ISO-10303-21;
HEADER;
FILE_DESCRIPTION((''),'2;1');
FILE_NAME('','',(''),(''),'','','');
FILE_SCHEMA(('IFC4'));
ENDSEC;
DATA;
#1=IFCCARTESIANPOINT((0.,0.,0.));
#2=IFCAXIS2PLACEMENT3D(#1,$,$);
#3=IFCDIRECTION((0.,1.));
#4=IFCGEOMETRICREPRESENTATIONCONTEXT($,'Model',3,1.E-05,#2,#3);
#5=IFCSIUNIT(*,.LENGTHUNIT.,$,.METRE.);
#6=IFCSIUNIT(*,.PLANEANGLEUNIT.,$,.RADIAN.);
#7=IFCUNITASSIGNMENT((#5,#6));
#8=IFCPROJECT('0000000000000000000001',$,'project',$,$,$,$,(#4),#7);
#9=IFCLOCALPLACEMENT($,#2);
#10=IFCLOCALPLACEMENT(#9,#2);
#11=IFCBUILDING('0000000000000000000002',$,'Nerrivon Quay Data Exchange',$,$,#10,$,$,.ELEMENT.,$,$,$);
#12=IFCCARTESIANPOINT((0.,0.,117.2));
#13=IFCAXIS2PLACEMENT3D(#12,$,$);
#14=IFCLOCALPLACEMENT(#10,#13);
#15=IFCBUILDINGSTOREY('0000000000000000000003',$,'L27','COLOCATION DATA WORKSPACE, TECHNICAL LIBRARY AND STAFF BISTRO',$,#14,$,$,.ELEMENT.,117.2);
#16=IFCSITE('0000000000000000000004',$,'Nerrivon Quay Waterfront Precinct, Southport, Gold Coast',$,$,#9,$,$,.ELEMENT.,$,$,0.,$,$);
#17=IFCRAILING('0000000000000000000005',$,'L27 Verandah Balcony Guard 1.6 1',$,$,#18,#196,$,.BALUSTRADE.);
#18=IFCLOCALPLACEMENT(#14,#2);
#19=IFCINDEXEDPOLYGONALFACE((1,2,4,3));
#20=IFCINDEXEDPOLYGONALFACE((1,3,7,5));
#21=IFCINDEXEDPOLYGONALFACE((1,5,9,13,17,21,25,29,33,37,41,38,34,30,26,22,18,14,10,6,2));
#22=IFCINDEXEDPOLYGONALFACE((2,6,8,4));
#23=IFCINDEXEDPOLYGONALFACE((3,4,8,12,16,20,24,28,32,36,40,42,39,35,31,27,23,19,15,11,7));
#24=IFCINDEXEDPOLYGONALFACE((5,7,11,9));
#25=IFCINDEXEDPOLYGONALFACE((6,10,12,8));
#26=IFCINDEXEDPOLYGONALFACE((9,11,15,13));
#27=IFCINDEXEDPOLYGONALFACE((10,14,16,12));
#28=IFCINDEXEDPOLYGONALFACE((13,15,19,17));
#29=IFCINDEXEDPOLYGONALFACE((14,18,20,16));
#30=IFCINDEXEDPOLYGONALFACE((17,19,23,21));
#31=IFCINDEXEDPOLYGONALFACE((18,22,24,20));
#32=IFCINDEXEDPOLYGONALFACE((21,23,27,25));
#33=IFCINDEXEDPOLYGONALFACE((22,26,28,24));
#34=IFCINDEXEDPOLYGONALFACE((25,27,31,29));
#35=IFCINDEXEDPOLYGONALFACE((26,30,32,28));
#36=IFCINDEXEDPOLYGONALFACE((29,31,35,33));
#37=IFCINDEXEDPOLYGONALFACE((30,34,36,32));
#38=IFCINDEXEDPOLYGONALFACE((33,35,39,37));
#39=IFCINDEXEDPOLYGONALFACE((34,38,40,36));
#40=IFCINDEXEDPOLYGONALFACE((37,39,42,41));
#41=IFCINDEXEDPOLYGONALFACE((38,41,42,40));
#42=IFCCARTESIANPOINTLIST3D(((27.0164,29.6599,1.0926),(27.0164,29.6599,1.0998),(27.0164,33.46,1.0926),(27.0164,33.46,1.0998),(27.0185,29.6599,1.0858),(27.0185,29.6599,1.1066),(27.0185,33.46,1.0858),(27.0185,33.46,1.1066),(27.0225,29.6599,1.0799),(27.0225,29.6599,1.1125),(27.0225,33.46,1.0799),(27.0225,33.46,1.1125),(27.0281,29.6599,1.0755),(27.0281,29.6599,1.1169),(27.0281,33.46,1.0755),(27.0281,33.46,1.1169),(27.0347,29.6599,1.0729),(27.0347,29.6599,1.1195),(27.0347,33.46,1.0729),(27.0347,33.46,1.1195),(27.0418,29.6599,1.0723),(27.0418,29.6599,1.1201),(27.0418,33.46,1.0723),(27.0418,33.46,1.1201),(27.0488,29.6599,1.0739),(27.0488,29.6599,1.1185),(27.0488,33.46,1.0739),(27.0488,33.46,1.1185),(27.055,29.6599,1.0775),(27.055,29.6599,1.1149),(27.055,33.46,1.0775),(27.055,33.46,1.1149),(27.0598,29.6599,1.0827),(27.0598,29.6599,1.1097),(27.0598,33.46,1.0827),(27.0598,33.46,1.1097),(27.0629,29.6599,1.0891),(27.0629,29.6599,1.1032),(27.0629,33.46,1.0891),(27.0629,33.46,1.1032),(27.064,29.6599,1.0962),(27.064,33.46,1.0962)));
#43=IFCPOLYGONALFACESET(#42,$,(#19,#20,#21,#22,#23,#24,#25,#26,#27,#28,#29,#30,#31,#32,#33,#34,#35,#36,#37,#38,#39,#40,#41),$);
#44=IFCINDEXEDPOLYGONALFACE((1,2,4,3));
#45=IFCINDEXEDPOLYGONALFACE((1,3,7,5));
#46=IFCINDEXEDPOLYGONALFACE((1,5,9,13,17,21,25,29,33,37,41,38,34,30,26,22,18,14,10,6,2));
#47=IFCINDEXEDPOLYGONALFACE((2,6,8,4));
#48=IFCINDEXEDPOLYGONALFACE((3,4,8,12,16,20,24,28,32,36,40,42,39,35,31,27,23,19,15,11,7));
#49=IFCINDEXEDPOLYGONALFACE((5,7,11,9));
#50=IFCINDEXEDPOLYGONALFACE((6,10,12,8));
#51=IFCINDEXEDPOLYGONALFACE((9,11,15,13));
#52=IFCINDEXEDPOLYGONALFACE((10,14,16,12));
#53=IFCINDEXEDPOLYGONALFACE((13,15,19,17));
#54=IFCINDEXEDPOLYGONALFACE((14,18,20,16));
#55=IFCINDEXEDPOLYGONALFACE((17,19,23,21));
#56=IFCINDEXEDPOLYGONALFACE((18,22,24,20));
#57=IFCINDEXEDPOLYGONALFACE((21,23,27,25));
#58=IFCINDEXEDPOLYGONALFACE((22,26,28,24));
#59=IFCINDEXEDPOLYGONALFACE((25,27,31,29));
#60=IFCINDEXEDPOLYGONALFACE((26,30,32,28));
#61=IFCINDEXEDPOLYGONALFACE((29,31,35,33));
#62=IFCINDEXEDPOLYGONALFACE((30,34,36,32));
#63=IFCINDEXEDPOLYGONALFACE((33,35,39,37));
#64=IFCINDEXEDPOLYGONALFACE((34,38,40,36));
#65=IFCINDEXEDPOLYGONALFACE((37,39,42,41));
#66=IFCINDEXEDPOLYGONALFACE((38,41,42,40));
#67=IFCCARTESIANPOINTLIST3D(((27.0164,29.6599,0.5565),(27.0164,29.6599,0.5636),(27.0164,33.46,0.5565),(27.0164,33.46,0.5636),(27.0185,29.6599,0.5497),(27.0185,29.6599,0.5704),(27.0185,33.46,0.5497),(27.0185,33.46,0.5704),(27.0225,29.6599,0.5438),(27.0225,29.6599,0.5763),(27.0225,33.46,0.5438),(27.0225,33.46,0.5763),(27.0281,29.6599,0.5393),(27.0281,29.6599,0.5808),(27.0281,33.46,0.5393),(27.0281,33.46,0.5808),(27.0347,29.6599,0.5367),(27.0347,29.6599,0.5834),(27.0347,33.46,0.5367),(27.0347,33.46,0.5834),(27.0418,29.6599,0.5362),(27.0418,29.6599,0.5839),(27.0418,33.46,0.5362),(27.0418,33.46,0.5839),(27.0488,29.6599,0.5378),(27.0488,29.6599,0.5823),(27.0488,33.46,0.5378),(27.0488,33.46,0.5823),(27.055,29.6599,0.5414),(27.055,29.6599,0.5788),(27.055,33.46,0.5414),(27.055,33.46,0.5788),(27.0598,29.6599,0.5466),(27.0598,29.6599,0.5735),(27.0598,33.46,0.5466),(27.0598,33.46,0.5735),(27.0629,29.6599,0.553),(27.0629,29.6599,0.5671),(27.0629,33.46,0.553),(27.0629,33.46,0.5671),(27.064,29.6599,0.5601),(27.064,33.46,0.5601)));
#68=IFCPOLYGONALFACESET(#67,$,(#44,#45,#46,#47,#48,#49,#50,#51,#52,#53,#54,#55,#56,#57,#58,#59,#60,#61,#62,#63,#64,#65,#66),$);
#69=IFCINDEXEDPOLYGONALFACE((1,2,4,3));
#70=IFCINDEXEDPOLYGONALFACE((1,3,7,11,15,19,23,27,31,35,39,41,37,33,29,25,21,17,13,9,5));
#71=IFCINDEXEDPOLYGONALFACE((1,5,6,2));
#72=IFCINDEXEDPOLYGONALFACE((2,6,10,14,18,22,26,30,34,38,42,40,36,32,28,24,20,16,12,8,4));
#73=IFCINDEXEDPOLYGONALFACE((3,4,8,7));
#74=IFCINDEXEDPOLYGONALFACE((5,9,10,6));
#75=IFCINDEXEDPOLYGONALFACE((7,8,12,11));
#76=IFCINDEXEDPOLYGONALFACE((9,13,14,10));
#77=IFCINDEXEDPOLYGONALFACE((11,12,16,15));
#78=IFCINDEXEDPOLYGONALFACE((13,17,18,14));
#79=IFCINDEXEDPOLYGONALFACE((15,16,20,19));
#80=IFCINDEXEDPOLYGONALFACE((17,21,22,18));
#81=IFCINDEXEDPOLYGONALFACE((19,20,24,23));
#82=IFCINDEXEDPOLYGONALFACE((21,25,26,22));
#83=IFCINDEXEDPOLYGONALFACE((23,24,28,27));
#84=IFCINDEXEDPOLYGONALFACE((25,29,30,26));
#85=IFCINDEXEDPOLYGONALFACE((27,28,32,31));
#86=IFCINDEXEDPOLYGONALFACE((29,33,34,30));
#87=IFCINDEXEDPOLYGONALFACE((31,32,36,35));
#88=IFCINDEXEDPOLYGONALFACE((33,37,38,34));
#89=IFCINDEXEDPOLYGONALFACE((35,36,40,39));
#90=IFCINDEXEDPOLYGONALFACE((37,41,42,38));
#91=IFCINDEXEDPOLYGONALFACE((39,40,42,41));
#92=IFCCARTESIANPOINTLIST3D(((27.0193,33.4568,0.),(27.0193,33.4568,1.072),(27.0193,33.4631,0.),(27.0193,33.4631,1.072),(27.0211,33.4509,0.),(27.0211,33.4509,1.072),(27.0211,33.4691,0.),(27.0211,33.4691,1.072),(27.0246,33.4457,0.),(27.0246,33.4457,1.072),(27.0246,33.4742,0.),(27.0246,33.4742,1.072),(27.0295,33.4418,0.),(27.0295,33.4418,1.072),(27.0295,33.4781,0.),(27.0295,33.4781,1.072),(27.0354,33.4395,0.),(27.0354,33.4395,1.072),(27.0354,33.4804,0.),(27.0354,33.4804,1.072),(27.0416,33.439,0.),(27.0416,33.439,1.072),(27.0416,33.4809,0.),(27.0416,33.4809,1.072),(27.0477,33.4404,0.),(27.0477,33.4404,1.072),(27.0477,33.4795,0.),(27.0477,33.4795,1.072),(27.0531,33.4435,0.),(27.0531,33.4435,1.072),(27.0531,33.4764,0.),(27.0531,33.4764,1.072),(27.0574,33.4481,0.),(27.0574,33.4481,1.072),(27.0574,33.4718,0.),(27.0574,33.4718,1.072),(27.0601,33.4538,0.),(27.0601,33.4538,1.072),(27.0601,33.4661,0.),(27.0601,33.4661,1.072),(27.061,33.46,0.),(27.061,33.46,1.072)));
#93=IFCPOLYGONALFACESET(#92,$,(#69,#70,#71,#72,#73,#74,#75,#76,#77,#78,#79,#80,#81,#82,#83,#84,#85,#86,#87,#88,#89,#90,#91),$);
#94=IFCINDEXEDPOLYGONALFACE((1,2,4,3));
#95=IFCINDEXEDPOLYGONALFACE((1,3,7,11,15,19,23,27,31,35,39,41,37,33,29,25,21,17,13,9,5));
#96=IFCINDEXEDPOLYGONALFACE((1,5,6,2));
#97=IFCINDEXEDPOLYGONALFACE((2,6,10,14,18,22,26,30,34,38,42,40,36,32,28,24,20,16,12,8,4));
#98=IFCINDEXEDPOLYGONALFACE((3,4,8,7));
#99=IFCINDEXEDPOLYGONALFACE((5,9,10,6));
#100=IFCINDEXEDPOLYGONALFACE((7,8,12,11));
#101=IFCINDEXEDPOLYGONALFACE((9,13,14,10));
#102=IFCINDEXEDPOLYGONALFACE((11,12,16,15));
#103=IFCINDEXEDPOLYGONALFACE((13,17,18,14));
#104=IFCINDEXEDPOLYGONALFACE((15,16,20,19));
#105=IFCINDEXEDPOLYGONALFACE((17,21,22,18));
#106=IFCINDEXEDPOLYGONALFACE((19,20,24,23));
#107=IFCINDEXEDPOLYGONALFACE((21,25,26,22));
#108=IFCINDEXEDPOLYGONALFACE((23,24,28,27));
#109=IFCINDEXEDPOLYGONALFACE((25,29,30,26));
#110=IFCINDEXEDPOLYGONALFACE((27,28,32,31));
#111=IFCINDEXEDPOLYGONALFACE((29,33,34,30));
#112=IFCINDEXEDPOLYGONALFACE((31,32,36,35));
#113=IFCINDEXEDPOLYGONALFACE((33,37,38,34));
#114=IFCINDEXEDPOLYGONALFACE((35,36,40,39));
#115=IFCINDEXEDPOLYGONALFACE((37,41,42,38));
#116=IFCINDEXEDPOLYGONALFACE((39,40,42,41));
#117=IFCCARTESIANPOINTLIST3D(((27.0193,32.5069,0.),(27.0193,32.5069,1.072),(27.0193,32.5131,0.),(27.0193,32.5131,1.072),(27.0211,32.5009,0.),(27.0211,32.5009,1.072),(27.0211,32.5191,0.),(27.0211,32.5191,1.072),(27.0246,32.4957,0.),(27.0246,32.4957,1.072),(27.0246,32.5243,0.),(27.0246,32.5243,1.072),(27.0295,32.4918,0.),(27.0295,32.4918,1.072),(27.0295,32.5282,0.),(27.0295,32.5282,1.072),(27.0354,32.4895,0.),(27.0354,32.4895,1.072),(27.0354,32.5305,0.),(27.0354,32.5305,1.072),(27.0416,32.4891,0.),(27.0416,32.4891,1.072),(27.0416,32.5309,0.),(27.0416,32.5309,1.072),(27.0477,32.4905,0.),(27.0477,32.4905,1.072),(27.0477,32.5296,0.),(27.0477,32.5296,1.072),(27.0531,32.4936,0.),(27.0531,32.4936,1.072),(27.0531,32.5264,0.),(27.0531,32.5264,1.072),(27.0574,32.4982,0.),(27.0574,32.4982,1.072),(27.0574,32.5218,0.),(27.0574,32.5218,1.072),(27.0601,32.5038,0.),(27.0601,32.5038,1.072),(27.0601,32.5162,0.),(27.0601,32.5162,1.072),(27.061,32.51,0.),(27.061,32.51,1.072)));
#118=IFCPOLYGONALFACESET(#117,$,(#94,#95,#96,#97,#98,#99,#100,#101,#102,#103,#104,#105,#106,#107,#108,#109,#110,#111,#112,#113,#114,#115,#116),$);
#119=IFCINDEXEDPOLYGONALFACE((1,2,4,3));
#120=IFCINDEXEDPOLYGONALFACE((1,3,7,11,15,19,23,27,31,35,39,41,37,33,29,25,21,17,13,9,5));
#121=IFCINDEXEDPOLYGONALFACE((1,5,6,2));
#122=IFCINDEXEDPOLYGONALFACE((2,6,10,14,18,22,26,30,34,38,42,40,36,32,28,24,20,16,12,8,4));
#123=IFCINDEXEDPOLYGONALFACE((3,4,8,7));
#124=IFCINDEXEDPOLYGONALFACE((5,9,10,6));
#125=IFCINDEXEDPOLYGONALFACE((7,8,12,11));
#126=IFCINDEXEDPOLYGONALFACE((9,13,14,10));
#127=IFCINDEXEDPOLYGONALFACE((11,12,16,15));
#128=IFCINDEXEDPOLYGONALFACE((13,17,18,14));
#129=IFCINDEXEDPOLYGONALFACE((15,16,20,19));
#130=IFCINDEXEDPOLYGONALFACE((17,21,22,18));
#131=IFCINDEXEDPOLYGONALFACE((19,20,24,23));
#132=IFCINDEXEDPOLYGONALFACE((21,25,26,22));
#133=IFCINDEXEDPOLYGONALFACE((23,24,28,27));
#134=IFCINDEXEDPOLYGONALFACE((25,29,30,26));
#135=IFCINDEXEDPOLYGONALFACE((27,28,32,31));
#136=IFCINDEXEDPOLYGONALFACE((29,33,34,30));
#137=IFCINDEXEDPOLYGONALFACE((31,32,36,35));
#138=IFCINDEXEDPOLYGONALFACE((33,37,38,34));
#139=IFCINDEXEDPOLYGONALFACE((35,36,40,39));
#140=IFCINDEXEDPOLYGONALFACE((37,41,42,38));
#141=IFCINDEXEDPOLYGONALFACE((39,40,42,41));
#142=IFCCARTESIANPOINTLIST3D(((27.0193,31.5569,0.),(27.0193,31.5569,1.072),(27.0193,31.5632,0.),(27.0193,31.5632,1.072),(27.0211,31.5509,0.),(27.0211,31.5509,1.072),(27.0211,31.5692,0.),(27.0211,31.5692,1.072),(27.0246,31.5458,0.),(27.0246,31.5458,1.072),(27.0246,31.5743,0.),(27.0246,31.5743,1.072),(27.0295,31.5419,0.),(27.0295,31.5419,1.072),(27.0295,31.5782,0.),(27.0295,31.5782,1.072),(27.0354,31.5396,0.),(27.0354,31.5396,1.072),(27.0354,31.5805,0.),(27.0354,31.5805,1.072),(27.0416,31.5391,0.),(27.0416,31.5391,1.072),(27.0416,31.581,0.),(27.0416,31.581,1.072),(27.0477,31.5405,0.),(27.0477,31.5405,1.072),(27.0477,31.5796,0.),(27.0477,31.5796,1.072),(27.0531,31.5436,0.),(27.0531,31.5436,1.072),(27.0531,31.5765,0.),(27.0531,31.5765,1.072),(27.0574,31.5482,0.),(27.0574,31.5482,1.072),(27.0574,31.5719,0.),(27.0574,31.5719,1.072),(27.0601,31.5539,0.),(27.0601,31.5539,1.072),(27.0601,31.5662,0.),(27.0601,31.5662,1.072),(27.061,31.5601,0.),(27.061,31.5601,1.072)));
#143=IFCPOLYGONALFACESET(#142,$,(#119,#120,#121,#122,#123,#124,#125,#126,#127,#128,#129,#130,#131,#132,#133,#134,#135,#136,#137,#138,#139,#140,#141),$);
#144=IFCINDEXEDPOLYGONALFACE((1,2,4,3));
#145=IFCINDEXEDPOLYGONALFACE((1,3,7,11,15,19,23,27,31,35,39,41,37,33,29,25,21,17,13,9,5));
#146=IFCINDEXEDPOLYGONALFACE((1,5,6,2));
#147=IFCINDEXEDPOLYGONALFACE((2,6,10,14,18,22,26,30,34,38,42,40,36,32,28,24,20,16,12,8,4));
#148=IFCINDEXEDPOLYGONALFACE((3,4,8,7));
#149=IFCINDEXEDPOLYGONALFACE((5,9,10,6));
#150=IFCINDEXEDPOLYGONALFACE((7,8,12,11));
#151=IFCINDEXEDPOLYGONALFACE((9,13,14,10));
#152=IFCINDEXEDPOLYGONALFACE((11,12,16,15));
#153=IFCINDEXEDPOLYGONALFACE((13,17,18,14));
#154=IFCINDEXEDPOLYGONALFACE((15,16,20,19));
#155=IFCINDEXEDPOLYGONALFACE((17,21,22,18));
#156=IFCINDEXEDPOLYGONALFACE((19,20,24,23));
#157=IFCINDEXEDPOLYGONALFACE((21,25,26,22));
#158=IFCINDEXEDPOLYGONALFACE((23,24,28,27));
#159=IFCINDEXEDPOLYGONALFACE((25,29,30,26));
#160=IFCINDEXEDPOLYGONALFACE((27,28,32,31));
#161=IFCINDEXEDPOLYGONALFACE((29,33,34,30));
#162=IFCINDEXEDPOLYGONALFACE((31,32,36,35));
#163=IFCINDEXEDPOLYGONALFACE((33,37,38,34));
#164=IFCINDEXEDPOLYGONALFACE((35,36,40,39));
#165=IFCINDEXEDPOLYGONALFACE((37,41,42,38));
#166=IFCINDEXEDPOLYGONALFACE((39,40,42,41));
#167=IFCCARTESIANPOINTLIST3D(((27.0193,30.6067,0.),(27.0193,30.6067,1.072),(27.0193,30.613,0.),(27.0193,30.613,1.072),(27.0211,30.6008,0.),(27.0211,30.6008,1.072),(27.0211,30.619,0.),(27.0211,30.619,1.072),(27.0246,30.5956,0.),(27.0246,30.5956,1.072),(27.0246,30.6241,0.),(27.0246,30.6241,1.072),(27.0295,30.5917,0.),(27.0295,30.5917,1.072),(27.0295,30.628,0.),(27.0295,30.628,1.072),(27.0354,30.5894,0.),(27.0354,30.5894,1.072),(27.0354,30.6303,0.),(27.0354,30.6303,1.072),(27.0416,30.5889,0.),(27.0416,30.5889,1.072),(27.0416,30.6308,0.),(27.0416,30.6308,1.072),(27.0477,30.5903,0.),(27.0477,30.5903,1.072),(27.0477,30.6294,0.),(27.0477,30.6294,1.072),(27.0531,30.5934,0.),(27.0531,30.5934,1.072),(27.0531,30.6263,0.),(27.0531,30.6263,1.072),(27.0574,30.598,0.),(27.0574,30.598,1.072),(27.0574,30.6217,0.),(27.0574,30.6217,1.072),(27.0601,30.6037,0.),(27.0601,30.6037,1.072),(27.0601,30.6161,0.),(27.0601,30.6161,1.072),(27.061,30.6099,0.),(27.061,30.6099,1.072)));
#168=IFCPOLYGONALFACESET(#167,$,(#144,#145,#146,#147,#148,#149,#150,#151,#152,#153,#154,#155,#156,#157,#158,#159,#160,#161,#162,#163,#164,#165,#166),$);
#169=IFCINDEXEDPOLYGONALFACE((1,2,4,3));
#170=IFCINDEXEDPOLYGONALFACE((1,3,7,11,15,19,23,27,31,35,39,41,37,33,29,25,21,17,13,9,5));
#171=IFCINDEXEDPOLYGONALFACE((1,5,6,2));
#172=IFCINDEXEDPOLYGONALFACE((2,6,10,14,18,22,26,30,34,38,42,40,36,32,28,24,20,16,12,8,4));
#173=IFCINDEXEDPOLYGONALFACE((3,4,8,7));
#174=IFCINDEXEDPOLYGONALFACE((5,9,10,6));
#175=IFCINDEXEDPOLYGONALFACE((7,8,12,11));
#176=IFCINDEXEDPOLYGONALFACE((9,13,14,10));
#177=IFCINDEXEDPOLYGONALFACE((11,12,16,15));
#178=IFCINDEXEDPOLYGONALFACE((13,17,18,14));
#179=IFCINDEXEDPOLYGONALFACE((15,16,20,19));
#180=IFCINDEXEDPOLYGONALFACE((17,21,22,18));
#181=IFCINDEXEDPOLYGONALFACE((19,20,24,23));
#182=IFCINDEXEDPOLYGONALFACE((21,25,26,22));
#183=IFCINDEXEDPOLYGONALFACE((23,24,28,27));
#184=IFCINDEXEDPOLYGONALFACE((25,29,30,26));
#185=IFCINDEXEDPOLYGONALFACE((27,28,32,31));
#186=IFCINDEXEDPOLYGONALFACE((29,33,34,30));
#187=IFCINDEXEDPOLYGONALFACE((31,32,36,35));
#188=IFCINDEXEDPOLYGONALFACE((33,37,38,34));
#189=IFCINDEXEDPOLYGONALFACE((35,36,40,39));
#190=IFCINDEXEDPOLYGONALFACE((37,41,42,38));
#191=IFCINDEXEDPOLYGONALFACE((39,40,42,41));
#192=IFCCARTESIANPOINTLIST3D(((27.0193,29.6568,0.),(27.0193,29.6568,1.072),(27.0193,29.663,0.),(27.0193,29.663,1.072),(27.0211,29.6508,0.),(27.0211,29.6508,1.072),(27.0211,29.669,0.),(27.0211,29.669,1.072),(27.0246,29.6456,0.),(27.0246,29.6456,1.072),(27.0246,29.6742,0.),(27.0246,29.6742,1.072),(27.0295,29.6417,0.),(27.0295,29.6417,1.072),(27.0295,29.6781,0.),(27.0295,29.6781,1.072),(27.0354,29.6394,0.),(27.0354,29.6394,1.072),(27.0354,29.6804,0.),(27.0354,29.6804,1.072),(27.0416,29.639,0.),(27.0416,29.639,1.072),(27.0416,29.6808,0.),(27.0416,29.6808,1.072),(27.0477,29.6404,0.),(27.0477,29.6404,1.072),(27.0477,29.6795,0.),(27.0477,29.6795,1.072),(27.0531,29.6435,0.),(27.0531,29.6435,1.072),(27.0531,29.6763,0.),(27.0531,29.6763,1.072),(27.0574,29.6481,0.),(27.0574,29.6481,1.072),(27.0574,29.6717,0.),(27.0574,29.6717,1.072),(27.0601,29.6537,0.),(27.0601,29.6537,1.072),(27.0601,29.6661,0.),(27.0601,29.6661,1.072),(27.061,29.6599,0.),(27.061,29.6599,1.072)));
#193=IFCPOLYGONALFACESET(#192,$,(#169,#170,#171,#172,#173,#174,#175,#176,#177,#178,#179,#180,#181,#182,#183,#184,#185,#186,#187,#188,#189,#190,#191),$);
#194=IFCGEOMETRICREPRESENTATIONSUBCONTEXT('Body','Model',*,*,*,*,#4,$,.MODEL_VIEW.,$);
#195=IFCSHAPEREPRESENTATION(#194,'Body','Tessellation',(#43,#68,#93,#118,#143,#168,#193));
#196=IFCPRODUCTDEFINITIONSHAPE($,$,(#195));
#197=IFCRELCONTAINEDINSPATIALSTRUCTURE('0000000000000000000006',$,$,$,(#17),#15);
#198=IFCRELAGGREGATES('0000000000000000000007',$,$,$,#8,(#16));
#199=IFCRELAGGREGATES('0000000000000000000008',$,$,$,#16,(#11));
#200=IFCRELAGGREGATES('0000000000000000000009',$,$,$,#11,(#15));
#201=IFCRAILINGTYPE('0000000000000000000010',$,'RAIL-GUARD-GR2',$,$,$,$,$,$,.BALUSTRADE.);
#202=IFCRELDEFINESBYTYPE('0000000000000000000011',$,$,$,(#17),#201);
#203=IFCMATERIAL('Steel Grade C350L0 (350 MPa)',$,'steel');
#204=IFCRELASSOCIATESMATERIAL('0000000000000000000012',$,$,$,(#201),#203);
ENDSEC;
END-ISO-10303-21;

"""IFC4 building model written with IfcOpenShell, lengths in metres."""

from ifc_helpers import new_model, si_unit, direction, frame, origin, origin_2d, place, context, subcontext, project, spatial, circle, extrude, material, type_object, element, save


model = new_model("IFC4")

# Units and contexts
model_context = context("Model", 3, precision=1e-05, world=origin(), true_north=direction((0.0, 1.0)))
body_context = subcontext(model_context, "Body", "Model", "MODEL_VIEW")
ifc_project = project(units=[si_unit("LENGTHUNIT", "METRE"), si_unit("PLANEANGLEUNIT", "RADIAN")], contexts=[model_context])

# Site, building, storey
site_placement = place(None, origin())
site = spatial("IfcSite", under=ifc_project, at=site_placement, Name="Nerrivon Quay Waterfront Precinct, Southport, Gold Coast", CompositionType="ELEMENT", RefElevation=0.0)
building_placement = place(site_placement, origin())
building = spatial("IfcBuilding", under=site, at=building_placement, Name="Nerrivon Quay Data Exchange", CompositionType="ELEMENT")
storey_placement = place(building_placement, frame((0.0, 0.0, 117.2)))
storey = spatial("IfcBuildingStorey", under=building, at=storey_placement, Name="L27", Description="COLOCATION DATA WORKSPACE, TECHNICAL LIBRARY AND STAFF BISTRO", CompositionType="ELEMENT", Elevation=117.2)

# Railing
ifc_material_1 = material(Name="Steel Grade C350L0 (350 MPa)", Category="steel")
railing_type = type_object("IfcRailingType", Name="RAIL-GUARD-GR2", PredefinedType="BALUSTRADE", material=ifc_material_1)
railing_1_placement = place(storey_placement, frame((27.04, 33.46, 0.0)))
element("IfcRailing", 1, at=railing_1_placement, inside=storey, type_object=railing_type, Name="L27 Verandah Balcony Guard 1.6 1", PredefinedType="BALUSTRADE", context=body_context, shape_type="SweptSolid", body=[
    extrude(circle(Radius=0.0239, at=origin_2d()), frame((0.0, 0.0, 1.0962), z_axis=(0.0, -1.0, 0.0), x_axis=(1.0, 0.0, 0.0)), (0.0, 0.0, 1.0), 3.8),
    extrude(circle(Radius=0.0239, at=origin_2d()), frame((0.0, 0.0, 0.5601), z_axis=(0.0, -1.0, 0.0), x_axis=(1.0, 0.0, 0.0)), (0.0, 0.0, 1.0), 3.8),
    extrude(circle(Radius=0.021, at=origin_2d()), origin(), (0.0, 0.0, 1.0), 1.072),
    extrude(circle(Radius=0.021, at=origin_2d()), frame((0.0, -0.95, 0.0)), (0.0, 0.0, 1.0), 1.072),
    extrude(circle(Radius=0.021, at=origin_2d()), frame((0.0, -1.8999, 0.0)), (0.0, 0.0, 1.0), 1.072),
    extrude(circle(Radius=0.021, at=origin_2d()), frame((0.0, -2.8501, 0.0)), (0.0, 0.0, 1.0), 1.072),
    extrude(circle(Radius=0.021, at=origin_2d()), frame((0.0, -3.8, 0.0)), (0.0, 0.0, 1.0), 1.072),
])

save(model, "model.ifc")
